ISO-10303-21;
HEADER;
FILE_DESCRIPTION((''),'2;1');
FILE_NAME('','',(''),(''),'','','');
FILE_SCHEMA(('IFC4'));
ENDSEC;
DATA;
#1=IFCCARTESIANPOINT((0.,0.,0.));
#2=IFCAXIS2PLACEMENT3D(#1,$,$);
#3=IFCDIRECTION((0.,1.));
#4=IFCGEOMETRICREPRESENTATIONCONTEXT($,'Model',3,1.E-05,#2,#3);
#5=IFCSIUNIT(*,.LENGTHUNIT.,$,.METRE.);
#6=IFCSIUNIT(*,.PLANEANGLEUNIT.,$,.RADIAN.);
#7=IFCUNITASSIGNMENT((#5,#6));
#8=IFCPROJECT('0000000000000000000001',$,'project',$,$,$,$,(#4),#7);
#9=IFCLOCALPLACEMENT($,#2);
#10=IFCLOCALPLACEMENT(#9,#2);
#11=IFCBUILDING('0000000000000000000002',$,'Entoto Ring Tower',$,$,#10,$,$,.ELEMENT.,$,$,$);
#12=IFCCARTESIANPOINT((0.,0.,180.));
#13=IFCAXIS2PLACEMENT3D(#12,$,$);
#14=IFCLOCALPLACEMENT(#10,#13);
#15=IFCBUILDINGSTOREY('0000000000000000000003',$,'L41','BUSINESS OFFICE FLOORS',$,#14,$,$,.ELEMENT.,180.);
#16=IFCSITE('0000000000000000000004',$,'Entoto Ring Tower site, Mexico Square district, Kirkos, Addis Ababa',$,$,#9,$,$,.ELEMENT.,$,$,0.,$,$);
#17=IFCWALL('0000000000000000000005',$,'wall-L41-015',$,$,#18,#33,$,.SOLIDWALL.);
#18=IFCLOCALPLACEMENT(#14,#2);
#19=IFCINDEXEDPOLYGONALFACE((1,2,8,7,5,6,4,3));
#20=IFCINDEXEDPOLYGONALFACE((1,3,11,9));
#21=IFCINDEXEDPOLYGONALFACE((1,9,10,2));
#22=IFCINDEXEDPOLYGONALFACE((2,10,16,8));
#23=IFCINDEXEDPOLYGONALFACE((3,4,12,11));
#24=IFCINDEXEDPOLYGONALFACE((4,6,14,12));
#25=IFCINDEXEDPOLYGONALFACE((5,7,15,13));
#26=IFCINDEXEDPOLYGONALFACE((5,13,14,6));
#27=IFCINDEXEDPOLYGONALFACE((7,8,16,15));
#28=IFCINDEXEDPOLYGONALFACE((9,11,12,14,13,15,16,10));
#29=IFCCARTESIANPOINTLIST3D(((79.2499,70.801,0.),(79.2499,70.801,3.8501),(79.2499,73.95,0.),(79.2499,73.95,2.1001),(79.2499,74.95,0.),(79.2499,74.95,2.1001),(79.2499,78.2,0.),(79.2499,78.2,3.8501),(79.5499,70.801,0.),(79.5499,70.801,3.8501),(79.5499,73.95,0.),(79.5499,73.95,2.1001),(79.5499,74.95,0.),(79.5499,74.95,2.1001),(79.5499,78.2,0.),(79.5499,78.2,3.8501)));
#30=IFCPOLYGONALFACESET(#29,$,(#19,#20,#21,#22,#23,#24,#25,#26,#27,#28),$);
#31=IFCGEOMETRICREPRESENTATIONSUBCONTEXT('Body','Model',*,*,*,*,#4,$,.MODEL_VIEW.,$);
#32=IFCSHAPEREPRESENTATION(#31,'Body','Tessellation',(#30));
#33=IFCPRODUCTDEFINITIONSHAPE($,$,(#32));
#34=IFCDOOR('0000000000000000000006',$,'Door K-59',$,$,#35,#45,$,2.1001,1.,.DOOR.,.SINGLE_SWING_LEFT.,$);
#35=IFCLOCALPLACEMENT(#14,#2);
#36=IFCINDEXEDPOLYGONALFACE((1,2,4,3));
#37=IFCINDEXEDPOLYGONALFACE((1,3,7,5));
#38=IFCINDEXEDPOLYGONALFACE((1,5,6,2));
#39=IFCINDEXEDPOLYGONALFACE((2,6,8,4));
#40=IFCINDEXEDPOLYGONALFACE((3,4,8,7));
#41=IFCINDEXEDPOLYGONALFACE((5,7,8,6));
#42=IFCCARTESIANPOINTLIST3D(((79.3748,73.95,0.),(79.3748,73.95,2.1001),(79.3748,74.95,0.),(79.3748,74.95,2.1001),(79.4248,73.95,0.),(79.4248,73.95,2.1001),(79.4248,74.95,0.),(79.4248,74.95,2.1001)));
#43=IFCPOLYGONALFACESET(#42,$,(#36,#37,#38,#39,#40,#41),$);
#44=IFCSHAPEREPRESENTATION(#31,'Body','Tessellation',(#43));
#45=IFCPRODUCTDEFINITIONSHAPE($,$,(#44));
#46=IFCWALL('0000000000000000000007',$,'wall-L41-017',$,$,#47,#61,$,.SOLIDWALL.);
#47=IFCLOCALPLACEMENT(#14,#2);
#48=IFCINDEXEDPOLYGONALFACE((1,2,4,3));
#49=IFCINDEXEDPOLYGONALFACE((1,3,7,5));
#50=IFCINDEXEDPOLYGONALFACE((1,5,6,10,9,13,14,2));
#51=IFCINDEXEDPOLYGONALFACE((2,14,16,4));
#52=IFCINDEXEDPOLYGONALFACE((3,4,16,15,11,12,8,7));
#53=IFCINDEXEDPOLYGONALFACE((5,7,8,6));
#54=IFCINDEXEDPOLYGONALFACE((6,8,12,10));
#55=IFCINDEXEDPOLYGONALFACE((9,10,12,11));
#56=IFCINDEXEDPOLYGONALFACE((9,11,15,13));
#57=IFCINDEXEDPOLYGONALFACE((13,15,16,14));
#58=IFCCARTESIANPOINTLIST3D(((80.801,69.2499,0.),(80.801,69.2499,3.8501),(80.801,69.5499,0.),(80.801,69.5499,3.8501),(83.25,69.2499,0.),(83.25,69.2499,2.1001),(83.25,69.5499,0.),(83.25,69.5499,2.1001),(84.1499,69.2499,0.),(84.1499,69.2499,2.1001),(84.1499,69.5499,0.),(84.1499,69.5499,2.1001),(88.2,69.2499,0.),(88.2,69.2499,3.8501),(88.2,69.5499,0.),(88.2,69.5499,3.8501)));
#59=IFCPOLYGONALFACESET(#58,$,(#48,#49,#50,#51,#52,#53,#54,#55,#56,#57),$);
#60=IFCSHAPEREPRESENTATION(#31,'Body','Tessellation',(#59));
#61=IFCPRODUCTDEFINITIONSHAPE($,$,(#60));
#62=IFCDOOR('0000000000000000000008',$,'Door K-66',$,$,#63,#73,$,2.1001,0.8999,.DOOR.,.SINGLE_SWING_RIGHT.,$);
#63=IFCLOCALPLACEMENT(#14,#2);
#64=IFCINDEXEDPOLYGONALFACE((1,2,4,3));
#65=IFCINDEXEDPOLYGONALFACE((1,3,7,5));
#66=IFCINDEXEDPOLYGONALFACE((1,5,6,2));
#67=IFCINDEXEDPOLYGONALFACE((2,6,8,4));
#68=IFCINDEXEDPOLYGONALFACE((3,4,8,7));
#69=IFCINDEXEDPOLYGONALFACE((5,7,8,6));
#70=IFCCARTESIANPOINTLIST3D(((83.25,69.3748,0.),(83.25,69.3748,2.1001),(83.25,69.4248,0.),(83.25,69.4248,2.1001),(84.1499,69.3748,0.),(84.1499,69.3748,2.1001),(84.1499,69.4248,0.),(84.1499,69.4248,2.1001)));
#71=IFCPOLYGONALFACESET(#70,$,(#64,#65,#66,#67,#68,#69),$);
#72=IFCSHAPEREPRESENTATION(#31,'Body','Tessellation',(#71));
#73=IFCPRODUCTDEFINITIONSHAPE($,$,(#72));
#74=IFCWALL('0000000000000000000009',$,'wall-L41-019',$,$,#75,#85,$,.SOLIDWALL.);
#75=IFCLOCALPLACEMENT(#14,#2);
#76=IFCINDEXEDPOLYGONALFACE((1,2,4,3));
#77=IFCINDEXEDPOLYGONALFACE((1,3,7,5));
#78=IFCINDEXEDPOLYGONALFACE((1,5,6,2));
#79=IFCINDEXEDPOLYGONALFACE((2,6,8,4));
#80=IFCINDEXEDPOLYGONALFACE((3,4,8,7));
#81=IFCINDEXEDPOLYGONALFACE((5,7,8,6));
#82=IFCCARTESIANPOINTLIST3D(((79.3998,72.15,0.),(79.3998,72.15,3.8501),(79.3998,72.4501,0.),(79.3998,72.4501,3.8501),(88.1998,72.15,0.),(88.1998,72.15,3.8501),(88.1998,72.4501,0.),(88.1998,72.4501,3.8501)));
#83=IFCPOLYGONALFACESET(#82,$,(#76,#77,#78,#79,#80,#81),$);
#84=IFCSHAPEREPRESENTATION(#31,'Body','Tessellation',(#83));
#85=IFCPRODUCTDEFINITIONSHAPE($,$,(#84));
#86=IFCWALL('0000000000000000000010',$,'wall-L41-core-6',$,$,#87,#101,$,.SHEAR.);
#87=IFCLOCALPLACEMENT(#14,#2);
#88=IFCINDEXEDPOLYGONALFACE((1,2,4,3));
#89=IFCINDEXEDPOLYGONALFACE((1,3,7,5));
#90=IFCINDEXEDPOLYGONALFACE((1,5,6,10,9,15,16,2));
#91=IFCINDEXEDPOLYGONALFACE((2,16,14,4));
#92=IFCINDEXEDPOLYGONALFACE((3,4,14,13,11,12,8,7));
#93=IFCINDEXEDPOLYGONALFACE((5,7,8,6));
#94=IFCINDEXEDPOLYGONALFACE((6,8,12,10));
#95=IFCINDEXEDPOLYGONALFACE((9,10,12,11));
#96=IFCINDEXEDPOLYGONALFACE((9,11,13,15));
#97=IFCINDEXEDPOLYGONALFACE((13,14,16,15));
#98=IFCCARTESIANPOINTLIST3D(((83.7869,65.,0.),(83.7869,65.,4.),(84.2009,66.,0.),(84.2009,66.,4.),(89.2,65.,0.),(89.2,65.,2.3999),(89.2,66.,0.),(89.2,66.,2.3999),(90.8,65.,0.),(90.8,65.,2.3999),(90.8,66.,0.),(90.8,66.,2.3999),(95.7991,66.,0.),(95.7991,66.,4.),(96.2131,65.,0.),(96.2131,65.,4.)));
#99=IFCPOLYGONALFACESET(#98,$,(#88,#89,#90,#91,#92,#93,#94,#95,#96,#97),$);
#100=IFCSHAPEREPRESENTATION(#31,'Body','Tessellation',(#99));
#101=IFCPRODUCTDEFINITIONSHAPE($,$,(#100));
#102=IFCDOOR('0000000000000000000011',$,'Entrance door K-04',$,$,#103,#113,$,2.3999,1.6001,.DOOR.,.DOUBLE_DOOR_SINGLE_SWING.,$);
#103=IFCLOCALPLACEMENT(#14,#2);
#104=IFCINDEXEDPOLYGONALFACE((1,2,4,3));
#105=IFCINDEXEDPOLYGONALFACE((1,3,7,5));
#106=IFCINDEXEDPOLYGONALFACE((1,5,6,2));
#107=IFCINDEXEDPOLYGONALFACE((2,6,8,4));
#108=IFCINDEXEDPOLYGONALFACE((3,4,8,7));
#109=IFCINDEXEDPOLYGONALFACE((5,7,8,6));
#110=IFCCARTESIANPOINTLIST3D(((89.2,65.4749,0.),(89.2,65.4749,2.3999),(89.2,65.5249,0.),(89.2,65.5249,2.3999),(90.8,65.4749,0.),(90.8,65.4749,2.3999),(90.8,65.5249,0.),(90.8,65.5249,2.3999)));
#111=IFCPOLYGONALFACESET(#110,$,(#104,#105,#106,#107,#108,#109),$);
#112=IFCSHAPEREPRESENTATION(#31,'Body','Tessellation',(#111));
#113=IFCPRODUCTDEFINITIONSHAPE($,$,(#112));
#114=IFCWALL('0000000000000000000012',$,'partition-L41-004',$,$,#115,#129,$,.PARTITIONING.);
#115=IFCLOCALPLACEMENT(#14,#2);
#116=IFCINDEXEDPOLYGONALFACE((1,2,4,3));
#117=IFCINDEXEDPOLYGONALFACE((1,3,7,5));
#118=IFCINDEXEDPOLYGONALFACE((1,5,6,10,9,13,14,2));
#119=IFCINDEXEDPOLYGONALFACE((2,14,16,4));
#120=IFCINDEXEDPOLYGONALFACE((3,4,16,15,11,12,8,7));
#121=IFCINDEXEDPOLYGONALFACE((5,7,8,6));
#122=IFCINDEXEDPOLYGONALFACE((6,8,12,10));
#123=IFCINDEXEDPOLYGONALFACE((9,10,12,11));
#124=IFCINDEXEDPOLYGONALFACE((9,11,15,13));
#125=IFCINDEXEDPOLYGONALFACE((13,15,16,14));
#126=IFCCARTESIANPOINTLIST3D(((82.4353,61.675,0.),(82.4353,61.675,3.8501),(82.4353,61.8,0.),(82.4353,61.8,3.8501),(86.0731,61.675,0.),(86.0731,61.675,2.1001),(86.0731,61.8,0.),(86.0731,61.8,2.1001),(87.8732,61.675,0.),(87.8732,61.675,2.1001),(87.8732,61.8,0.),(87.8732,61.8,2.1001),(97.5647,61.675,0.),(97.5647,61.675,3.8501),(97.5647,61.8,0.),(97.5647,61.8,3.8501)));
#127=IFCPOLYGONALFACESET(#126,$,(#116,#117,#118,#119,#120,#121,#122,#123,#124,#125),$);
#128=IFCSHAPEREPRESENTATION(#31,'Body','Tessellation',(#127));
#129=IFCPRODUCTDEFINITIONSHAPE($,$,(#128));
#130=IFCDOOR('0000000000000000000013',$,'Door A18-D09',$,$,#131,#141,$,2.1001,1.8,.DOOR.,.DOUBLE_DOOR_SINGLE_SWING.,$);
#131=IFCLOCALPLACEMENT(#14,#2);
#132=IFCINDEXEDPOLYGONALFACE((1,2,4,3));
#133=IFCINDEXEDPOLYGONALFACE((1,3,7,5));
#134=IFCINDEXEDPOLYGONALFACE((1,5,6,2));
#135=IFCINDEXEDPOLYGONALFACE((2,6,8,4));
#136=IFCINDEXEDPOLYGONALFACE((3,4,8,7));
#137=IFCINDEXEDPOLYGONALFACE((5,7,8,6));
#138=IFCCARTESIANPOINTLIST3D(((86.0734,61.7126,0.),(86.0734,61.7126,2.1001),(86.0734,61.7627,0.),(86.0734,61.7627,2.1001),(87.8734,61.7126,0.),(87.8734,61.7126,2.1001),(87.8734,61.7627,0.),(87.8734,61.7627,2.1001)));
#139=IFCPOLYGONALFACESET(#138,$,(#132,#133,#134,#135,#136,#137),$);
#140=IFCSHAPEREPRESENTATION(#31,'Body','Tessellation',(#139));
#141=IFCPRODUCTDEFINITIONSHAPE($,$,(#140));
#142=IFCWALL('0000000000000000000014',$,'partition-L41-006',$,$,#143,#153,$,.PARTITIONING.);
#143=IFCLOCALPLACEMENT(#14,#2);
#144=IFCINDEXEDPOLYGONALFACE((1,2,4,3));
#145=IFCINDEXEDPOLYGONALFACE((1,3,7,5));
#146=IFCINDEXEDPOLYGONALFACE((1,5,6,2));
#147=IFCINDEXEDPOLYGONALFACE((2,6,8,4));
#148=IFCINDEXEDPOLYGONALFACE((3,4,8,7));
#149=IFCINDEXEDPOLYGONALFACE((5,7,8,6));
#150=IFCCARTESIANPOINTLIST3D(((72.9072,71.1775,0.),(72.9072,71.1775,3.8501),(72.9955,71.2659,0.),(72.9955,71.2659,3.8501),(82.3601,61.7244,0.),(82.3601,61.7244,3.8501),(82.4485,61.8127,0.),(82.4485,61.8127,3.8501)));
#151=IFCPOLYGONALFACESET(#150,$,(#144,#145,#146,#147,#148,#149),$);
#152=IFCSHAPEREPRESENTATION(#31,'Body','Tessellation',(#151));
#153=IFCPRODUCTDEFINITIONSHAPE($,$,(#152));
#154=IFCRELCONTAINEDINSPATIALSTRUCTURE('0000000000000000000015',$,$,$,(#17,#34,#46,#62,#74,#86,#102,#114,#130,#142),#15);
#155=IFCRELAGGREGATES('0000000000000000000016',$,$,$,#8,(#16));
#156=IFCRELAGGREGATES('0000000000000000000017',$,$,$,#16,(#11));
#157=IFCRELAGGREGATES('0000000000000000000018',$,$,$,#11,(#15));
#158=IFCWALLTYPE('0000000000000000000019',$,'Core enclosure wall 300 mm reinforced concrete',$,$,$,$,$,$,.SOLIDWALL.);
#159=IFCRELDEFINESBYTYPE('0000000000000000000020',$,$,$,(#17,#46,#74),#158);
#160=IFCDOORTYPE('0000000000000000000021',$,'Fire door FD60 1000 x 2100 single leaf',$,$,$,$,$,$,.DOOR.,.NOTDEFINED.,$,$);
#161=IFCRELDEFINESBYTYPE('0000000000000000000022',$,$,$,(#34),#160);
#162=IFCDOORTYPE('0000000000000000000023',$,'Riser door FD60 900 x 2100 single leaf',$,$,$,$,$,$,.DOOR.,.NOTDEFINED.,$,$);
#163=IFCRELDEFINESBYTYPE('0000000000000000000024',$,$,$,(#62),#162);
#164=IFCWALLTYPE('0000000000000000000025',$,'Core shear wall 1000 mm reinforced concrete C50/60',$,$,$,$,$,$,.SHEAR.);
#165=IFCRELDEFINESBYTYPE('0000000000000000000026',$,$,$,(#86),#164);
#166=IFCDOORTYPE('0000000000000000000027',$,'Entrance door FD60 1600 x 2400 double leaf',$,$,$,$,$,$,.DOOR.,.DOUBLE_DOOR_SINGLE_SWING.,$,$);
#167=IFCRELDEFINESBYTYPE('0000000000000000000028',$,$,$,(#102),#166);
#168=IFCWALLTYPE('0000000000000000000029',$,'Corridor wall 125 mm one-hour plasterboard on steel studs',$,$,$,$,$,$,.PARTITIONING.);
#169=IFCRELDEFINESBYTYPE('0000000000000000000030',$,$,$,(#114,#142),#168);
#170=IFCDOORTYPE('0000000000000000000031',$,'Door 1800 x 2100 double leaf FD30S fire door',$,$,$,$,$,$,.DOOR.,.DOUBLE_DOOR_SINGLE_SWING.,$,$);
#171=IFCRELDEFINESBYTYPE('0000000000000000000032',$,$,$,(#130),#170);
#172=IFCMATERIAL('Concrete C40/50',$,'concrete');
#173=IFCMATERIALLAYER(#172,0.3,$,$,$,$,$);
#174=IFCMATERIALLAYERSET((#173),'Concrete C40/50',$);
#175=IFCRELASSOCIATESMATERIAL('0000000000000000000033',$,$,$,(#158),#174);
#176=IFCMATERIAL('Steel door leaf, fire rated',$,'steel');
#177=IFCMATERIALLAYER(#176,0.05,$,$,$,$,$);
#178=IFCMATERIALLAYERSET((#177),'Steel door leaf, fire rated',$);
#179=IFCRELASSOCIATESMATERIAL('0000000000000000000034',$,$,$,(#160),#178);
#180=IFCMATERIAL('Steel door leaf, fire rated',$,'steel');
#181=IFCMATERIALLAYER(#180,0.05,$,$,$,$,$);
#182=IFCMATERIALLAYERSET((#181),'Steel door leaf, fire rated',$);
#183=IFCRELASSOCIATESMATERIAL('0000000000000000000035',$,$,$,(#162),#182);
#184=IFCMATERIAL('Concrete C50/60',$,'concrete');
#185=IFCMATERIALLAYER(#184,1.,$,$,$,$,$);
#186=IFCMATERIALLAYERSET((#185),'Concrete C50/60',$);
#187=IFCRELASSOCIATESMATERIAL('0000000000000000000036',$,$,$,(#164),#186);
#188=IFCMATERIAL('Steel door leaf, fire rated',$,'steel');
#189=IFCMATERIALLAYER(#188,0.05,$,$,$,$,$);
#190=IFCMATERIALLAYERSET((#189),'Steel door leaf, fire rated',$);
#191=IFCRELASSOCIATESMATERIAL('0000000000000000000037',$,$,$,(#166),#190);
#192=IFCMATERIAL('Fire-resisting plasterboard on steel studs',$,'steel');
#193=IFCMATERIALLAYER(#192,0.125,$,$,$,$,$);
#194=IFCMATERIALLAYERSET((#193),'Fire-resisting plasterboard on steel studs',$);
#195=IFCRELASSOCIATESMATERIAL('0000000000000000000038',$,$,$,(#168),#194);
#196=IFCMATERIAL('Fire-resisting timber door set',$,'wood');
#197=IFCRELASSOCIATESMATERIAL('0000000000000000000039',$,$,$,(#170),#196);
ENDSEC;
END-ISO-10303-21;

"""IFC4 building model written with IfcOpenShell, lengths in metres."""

from ifc_helpers import new_model, si_unit, direction, frame, frame_2d, origin, place, context, subcontext, project, spatial, polyline, rectangle, outline, extrude, material, layer, layer_set, type_object, element, fill, save


model = new_model("IFC4")

# Units and contexts
model_context = context("Model", 3, precision=1e-05, world=origin(), true_north=direction((0.0, 1.0)))
body_context = subcontext(model_context, "Body", "Model", "MODEL_VIEW")
ifc_project = project(units=[si_unit("LENGTHUNIT", "METRE"), si_unit("PLANEANGLEUNIT", "RADIAN")], contexts=[model_context])

# Site, building, storey
site_placement = place(None, origin())
site = spatial("IfcSite", under=ifc_project, at=site_placement, Name="Entoto Ring Tower site, Mexico Square district, Kirkos, Addis Ababa", CompositionType="ELEMENT", RefElevation=0.0)
building_placement = place(site_placement, origin())
building = spatial("IfcBuilding", under=site, at=building_placement, Name="Entoto Ring Tower", CompositionType="ELEMENT")
storey_placement = place(building_placement, frame((0.0, 0.0, 180.0)))
storey = spatial("IfcBuildingStorey", under=building, at=storey_placement, Name="L41", Description="BUSINESS OFFICE FLOORS", CompositionType="ELEMENT", Elevation=180.0)

# Walls, openings, doors
ifc_material_1 = material(Name="Concrete C40/50", Category="concrete")
ifc_layer_1 = layer(ifc_material_1, 0.3)
ifc_layer_set_1 = layer_set([ifc_layer_1], Name="Concrete C40/50")
wall_type_1 = type_object("IfcWallType", Name="Core enclosure wall 300 mm reinforced concrete", PredefinedType="SOLIDWALL", material=ifc_layer_set_1)
wall_1_placement = place(storey_placement, frame((79.3999, 70.801, 0.0), z_axis=(0.0, 0.0, 1.0), x_axis=(0.0, 1.0, 0.0)))
wall_1 = element("IfcWall", 1, at=wall_1_placement, inside=storey, type_object=wall_type_1, Name="wall-L41-015", PredefinedType="SOLIDWALL", context=body_context, shape_type="SweptSolid", body=[
    extrude(rectangle(XDim=7.3989, YDim=0.3, at=frame_2d((3.6995, 0.0))), origin(), (0.0, 0.0, 1.0), 3.8501),
])
opening_1_placement = place(wall_1_placement, frame((3.1489, 0.0, 0.0)))
opening_1 = element("IfcOpeningElement", 2, at=opening_1_placement, cuts=wall_1, PredefinedType="OPENING", context=body_context, shape_type="SweptSolid", body=[
    extrude(rectangle(XDim=1.0, YDim=2.1001, at=frame_2d((0.5, 1.05))), frame((0.0, 0.1602, 0.0), z_axis=(0.0, -1.0, 0.0), x_axis=(1.0, 0.0, 0.0)), (0.0, 0.0, 1.0), 0.3201),
])
ifc_material_2 = material(Name="Steel door leaf, fire rated", Category="steel")
ifc_layer_2 = layer(ifc_material_2, 0.05)
ifc_layer_set_2 = layer_set([ifc_layer_2], Name="Steel door leaf, fire rated")
door_type_1 = type_object("IfcDoorType", Name="Fire door FD60 1000 x 2100 single leaf", OperationType="NOTDEFINED", PredefinedType="DOOR", material=ifc_layer_set_2)
door_1_placement = place(opening_1_placement, frame((1.0, 0.0, 0.0), z_axis=(0.0, 0.0, 1.0), x_axis=(-1.0, 0.0, 0.0)))
door_1 = element("IfcDoor", 3, at=door_1_placement, inside=storey, type_object=door_type_1, Name="Door K-59", OperationType="SINGLE_SWING_LEFT", OverallHeight=2.1001, OverallWidth=1.0, PredefinedType="DOOR", context=body_context, shape_type="SweptSolid", body=[
    extrude(rectangle(XDim=1.0, YDim=2.1001, at=frame_2d((0.5, 1.05))), frame((0.0, 0.0249, 0.0), z_axis=(0.0, -1.0, 0.0), x_axis=(1.0, 0.0, 0.0)), (0.0, 0.0, 1.0), 0.05),
])
fill(opening_1, door_1)
wall_2_placement = place(storey_placement, frame((80.801, 69.3999, 0.0), z_axis=(0.0, 0.0, 1.0), x_axis=(1.0, 0.0, 0.0)))
wall_2 = element("IfcWall", 4, at=wall_2_placement, inside=storey, type_object=wall_type_1, Name="wall-L41-017", PredefinedType="SOLIDWALL", context=body_context, shape_type="SweptSolid", body=[
    extrude(rectangle(XDim=7.3989, YDim=0.3, at=frame_2d((3.6995, 0.0))), origin(), (0.0, 0.0, 1.0), 3.8501),
])
opening_2_placement = place(wall_2_placement, frame((2.449, 0.0, 0.0)))
opening_2 = element("IfcOpeningElement", 5, at=opening_2_placement, cuts=wall_2, PredefinedType="OPENING", context=body_context, shape_type="SweptSolid", body=[
    extrude(rectangle(XDim=0.8999, YDim=2.1001, at=frame_2d((0.45, 1.05))), frame((0.0, 0.1602, 0.0), z_axis=(0.0, -1.0, 0.0), x_axis=(1.0, 0.0, 0.0)), (0.0, 0.0, 1.0), 0.3201),
])
ifc_material_3 = material(Name="Steel door leaf, fire rated", Category="steel")
ifc_layer_3 = layer(ifc_material_3, 0.05)
ifc_layer_set_3 = layer_set([ifc_layer_3], Name="Steel door leaf, fire rated")
door_type_2 = type_object("IfcDoorType", Name="Riser door FD60 900 x 2100 single leaf", OperationType="NOTDEFINED", PredefinedType="DOOR", material=ifc_layer_set_3)
door_2_placement = place(opening_2_placement, origin())
door_2 = element("IfcDoor", 6, at=door_2_placement, inside=storey, type_object=door_type_2, Name="Door K-66", OperationType="SINGLE_SWING_RIGHT", OverallHeight=2.1001, OverallWidth=0.8999, PredefinedType="DOOR", context=body_context, shape_type="SweptSolid", body=[
    extrude(rectangle(XDim=0.8999, YDim=2.1001, at=frame_2d((0.45, 1.05))), frame((0.0, 0.0249, 0.0), z_axis=(0.0, -1.0, 0.0), x_axis=(1.0, 0.0, 0.0)), (0.0, 0.0, 1.0), 0.05),
])
fill(opening_2, door_2)

# Wall
wall_3_placement = place(storey_placement, frame((79.3999, 72.3, 0.0), z_axis=(0.0, 0.0, 1.0), x_axis=(1.0, 0.0, 0.0)))
element("IfcWall", 7, at=wall_3_placement, inside=storey, type_object=wall_type_1, Name="wall-L41-019", PredefinedType="SOLIDWALL", context=body_context, shape_type="SweptSolid", body=[
    extrude(rectangle(XDim=8.8, YDim=0.3, at=frame_2d((4.3999, 0.0))), origin(), (0.0, 0.0, 1.0), 3.8501),
])

# Walls, openings, doors
ifc_material_4 = material(Name="Concrete C50/60", Category="concrete")
ifc_layer_4 = layer(ifc_material_4, 1.0)
ifc_layer_set_4 = layer_set([ifc_layer_4], Name="Concrete C50/60")
wall_type_2 = type_object("IfcWallType", Name="Core shear wall 1000 mm reinforced concrete C50/60", PredefinedType="SHEAR", material=ifc_layer_set_4)
wall_4_placement = place(storey_placement, frame((83.9939, 65.5, 0.0), z_axis=(0.0, 0.0, 1.0), x_axis=(1.0, 0.0, 0.0)))
wall_4 = element("IfcWall", 8, at=wall_4_placement, inside=storey, type_object=wall_type_2, Name="wall-L41-core-6", PredefinedType="SHEAR", context=body_context, shape_type="SweptSolid", body=[
    extrude(outline(polyline([(-0.207, -0.5), (12.2192, -0.5), (11.8052, 0.5), (0.207, 0.5), (-0.207, -0.5)])), origin(), (0.0, 0.0, 1.0), 4.0),
])
opening_3_placement = place(wall_4_placement, frame((5.2061, 0.0, 0.0)))
opening_3 = element("IfcOpeningElement", 9, at=opening_3_placement, cuts=wall_4, PredefinedType="OPENING", context=body_context, shape_type="SweptSolid", body=[
    extrude(rectangle(XDim=1.6001, YDim=2.3999, at=frame_2d((0.8, 1.2))), frame((0.0, 0.51, 0.0), z_axis=(0.0, -1.0, 0.0), x_axis=(1.0, 0.0, 0.0)), (0.0, 0.0, 1.0), 1.02),
])
ifc_material_5 = material(Name="Steel door leaf, fire rated", Category="steel")
ifc_layer_5 = layer(ifc_material_5, 0.05)
ifc_layer_set_5 = layer_set([ifc_layer_5], Name="Steel door leaf, fire rated")
door_type_3 = type_object("IfcDoorType", Name="Entrance door FD60 1600 x 2400 double leaf", OperationType="DOUBLE_DOOR_SINGLE_SWING", PredefinedType="DOOR", material=ifc_layer_set_5)
door_3_placement = place(opening_3_placement, origin())
door_3 = element("IfcDoor", 10, at=door_3_placement, inside=storey, type_object=door_type_3, Name="Entrance door K-04", OperationType="DOUBLE_DOOR_SINGLE_SWING", OverallHeight=2.3999, OverallWidth=1.6001, PredefinedType="DOOR", context=body_context, shape_type="SweptSolid", body=[
    extrude(rectangle(XDim=1.6001, YDim=2.3999, at=frame_2d((0.8, 1.2))), frame((0.0, 0.0249, 0.0), z_axis=(0.0, -1.0, 0.0), x_axis=(1.0, 0.0, 0.0)), (0.0, 0.0, 1.0), 0.05),
])
fill(opening_3, door_3)
ifc_material_6 = material(Name="Fire-resisting plasterboard on steel studs", Category="steel")
ifc_layer_6 = layer(ifc_material_6, 0.125)
ifc_layer_set_6 = layer_set([ifc_layer_6], Name="Fire-resisting plasterboard on steel studs")
wall_type_3 = type_object("IfcWallType", Name="Corridor wall 125 mm one-hour plasterboard on steel studs", PredefinedType="PARTITIONING", material=ifc_layer_set_6)
wall_5_placement = place(storey_placement, frame((82.4353, 61.7375, 0.0), z_axis=(0.0, 0.0, 1.0), x_axis=(1.0, 0.0, 0.0)))
wall_5 = element("IfcWall", 11, at=wall_5_placement, inside=storey, type_object=wall_type_3, Name="partition-L41-004", PredefinedType="PARTITIONING", context=body_context, shape_type="SweptSolid", body=[
    extrude(rectangle(XDim=15.1294, YDim=0.125, at=frame_2d((7.5647, 0.0))), origin(), (0.0, 0.0, 1.0), 3.8501),
])
opening_4_placement = place(wall_5_placement, frame((3.6379, 0.0, 0.0)))
opening_4 = element("IfcOpeningElement", 12, at=opening_4_placement, cuts=wall_5, PredefinedType="OPENING", context=body_context, shape_type="SweptSolid", body=[
    extrude(rectangle(XDim=1.8, YDim=2.1001, at=frame_2d((0.8999, 1.05))), frame((0.0, 0.0725, 0.0), z_axis=(0.0, -1.0, 0.0), x_axis=(1.0, 0.0, 0.0)), (0.0, 0.0, 1.0), 0.145),
])
ifc_material_7 = material(Name="Fire-resisting timber door set", Category="wood")
door_type_4 = type_object("IfcDoorType", Name="Door 1800 x 2100 double leaf FD30S fire door", OperationType="DOUBLE_DOOR_SINGLE_SWING", PredefinedType="DOOR", material=ifc_material_7)
door_4_placement = place(opening_4_placement, frame((1.8, 0.0, 0.0), z_axis=(0.0, 0.0, 1.0), x_axis=(-1.0, 0.0, 0.0)))
door_4 = element("IfcDoor", 13, at=door_4_placement, inside=storey, type_object=door_type_4, Name="Door A18-D09", OperationType="DOUBLE_DOOR_SINGLE_SWING", OverallHeight=2.1001, OverallWidth=1.8, PredefinedType="DOOR", context=body_context, shape_type="SweptSolid", body=[
    extrude(rectangle(XDim=1.8, YDim=2.1001, at=frame_2d((0.8999, 1.05))), frame((0.0, 0.0249, 0.0), z_axis=(0.0, -1.0, 0.0), x_axis=(1.0, 0.0, 0.0)), (0.0, 0.0, 1.0), 0.05),
])
fill(opening_4, door_4)

# Wall
wall_6_placement = place(storey_placement, frame((82.4043, 61.7686, 0.0), z_axis=(0.0, 0.0, 1.0), x_axis=(-0.707098, 0.707116, 0.0)))
element("IfcWall", 14, at=wall_6_placement, inside=storey, type_object=wall_type_3, Name="partition-L41-006", PredefinedType="PARTITIONING", context=body_context, shape_type="SweptSolid", body=[
    extrude(rectangle(XDim=13.3687, YDim=0.125, at=frame_2d((6.6843, 0.0))), origin(), (0.0, 0.0, 1.0), 3.8501),
])

save(model, "model.ifc")
